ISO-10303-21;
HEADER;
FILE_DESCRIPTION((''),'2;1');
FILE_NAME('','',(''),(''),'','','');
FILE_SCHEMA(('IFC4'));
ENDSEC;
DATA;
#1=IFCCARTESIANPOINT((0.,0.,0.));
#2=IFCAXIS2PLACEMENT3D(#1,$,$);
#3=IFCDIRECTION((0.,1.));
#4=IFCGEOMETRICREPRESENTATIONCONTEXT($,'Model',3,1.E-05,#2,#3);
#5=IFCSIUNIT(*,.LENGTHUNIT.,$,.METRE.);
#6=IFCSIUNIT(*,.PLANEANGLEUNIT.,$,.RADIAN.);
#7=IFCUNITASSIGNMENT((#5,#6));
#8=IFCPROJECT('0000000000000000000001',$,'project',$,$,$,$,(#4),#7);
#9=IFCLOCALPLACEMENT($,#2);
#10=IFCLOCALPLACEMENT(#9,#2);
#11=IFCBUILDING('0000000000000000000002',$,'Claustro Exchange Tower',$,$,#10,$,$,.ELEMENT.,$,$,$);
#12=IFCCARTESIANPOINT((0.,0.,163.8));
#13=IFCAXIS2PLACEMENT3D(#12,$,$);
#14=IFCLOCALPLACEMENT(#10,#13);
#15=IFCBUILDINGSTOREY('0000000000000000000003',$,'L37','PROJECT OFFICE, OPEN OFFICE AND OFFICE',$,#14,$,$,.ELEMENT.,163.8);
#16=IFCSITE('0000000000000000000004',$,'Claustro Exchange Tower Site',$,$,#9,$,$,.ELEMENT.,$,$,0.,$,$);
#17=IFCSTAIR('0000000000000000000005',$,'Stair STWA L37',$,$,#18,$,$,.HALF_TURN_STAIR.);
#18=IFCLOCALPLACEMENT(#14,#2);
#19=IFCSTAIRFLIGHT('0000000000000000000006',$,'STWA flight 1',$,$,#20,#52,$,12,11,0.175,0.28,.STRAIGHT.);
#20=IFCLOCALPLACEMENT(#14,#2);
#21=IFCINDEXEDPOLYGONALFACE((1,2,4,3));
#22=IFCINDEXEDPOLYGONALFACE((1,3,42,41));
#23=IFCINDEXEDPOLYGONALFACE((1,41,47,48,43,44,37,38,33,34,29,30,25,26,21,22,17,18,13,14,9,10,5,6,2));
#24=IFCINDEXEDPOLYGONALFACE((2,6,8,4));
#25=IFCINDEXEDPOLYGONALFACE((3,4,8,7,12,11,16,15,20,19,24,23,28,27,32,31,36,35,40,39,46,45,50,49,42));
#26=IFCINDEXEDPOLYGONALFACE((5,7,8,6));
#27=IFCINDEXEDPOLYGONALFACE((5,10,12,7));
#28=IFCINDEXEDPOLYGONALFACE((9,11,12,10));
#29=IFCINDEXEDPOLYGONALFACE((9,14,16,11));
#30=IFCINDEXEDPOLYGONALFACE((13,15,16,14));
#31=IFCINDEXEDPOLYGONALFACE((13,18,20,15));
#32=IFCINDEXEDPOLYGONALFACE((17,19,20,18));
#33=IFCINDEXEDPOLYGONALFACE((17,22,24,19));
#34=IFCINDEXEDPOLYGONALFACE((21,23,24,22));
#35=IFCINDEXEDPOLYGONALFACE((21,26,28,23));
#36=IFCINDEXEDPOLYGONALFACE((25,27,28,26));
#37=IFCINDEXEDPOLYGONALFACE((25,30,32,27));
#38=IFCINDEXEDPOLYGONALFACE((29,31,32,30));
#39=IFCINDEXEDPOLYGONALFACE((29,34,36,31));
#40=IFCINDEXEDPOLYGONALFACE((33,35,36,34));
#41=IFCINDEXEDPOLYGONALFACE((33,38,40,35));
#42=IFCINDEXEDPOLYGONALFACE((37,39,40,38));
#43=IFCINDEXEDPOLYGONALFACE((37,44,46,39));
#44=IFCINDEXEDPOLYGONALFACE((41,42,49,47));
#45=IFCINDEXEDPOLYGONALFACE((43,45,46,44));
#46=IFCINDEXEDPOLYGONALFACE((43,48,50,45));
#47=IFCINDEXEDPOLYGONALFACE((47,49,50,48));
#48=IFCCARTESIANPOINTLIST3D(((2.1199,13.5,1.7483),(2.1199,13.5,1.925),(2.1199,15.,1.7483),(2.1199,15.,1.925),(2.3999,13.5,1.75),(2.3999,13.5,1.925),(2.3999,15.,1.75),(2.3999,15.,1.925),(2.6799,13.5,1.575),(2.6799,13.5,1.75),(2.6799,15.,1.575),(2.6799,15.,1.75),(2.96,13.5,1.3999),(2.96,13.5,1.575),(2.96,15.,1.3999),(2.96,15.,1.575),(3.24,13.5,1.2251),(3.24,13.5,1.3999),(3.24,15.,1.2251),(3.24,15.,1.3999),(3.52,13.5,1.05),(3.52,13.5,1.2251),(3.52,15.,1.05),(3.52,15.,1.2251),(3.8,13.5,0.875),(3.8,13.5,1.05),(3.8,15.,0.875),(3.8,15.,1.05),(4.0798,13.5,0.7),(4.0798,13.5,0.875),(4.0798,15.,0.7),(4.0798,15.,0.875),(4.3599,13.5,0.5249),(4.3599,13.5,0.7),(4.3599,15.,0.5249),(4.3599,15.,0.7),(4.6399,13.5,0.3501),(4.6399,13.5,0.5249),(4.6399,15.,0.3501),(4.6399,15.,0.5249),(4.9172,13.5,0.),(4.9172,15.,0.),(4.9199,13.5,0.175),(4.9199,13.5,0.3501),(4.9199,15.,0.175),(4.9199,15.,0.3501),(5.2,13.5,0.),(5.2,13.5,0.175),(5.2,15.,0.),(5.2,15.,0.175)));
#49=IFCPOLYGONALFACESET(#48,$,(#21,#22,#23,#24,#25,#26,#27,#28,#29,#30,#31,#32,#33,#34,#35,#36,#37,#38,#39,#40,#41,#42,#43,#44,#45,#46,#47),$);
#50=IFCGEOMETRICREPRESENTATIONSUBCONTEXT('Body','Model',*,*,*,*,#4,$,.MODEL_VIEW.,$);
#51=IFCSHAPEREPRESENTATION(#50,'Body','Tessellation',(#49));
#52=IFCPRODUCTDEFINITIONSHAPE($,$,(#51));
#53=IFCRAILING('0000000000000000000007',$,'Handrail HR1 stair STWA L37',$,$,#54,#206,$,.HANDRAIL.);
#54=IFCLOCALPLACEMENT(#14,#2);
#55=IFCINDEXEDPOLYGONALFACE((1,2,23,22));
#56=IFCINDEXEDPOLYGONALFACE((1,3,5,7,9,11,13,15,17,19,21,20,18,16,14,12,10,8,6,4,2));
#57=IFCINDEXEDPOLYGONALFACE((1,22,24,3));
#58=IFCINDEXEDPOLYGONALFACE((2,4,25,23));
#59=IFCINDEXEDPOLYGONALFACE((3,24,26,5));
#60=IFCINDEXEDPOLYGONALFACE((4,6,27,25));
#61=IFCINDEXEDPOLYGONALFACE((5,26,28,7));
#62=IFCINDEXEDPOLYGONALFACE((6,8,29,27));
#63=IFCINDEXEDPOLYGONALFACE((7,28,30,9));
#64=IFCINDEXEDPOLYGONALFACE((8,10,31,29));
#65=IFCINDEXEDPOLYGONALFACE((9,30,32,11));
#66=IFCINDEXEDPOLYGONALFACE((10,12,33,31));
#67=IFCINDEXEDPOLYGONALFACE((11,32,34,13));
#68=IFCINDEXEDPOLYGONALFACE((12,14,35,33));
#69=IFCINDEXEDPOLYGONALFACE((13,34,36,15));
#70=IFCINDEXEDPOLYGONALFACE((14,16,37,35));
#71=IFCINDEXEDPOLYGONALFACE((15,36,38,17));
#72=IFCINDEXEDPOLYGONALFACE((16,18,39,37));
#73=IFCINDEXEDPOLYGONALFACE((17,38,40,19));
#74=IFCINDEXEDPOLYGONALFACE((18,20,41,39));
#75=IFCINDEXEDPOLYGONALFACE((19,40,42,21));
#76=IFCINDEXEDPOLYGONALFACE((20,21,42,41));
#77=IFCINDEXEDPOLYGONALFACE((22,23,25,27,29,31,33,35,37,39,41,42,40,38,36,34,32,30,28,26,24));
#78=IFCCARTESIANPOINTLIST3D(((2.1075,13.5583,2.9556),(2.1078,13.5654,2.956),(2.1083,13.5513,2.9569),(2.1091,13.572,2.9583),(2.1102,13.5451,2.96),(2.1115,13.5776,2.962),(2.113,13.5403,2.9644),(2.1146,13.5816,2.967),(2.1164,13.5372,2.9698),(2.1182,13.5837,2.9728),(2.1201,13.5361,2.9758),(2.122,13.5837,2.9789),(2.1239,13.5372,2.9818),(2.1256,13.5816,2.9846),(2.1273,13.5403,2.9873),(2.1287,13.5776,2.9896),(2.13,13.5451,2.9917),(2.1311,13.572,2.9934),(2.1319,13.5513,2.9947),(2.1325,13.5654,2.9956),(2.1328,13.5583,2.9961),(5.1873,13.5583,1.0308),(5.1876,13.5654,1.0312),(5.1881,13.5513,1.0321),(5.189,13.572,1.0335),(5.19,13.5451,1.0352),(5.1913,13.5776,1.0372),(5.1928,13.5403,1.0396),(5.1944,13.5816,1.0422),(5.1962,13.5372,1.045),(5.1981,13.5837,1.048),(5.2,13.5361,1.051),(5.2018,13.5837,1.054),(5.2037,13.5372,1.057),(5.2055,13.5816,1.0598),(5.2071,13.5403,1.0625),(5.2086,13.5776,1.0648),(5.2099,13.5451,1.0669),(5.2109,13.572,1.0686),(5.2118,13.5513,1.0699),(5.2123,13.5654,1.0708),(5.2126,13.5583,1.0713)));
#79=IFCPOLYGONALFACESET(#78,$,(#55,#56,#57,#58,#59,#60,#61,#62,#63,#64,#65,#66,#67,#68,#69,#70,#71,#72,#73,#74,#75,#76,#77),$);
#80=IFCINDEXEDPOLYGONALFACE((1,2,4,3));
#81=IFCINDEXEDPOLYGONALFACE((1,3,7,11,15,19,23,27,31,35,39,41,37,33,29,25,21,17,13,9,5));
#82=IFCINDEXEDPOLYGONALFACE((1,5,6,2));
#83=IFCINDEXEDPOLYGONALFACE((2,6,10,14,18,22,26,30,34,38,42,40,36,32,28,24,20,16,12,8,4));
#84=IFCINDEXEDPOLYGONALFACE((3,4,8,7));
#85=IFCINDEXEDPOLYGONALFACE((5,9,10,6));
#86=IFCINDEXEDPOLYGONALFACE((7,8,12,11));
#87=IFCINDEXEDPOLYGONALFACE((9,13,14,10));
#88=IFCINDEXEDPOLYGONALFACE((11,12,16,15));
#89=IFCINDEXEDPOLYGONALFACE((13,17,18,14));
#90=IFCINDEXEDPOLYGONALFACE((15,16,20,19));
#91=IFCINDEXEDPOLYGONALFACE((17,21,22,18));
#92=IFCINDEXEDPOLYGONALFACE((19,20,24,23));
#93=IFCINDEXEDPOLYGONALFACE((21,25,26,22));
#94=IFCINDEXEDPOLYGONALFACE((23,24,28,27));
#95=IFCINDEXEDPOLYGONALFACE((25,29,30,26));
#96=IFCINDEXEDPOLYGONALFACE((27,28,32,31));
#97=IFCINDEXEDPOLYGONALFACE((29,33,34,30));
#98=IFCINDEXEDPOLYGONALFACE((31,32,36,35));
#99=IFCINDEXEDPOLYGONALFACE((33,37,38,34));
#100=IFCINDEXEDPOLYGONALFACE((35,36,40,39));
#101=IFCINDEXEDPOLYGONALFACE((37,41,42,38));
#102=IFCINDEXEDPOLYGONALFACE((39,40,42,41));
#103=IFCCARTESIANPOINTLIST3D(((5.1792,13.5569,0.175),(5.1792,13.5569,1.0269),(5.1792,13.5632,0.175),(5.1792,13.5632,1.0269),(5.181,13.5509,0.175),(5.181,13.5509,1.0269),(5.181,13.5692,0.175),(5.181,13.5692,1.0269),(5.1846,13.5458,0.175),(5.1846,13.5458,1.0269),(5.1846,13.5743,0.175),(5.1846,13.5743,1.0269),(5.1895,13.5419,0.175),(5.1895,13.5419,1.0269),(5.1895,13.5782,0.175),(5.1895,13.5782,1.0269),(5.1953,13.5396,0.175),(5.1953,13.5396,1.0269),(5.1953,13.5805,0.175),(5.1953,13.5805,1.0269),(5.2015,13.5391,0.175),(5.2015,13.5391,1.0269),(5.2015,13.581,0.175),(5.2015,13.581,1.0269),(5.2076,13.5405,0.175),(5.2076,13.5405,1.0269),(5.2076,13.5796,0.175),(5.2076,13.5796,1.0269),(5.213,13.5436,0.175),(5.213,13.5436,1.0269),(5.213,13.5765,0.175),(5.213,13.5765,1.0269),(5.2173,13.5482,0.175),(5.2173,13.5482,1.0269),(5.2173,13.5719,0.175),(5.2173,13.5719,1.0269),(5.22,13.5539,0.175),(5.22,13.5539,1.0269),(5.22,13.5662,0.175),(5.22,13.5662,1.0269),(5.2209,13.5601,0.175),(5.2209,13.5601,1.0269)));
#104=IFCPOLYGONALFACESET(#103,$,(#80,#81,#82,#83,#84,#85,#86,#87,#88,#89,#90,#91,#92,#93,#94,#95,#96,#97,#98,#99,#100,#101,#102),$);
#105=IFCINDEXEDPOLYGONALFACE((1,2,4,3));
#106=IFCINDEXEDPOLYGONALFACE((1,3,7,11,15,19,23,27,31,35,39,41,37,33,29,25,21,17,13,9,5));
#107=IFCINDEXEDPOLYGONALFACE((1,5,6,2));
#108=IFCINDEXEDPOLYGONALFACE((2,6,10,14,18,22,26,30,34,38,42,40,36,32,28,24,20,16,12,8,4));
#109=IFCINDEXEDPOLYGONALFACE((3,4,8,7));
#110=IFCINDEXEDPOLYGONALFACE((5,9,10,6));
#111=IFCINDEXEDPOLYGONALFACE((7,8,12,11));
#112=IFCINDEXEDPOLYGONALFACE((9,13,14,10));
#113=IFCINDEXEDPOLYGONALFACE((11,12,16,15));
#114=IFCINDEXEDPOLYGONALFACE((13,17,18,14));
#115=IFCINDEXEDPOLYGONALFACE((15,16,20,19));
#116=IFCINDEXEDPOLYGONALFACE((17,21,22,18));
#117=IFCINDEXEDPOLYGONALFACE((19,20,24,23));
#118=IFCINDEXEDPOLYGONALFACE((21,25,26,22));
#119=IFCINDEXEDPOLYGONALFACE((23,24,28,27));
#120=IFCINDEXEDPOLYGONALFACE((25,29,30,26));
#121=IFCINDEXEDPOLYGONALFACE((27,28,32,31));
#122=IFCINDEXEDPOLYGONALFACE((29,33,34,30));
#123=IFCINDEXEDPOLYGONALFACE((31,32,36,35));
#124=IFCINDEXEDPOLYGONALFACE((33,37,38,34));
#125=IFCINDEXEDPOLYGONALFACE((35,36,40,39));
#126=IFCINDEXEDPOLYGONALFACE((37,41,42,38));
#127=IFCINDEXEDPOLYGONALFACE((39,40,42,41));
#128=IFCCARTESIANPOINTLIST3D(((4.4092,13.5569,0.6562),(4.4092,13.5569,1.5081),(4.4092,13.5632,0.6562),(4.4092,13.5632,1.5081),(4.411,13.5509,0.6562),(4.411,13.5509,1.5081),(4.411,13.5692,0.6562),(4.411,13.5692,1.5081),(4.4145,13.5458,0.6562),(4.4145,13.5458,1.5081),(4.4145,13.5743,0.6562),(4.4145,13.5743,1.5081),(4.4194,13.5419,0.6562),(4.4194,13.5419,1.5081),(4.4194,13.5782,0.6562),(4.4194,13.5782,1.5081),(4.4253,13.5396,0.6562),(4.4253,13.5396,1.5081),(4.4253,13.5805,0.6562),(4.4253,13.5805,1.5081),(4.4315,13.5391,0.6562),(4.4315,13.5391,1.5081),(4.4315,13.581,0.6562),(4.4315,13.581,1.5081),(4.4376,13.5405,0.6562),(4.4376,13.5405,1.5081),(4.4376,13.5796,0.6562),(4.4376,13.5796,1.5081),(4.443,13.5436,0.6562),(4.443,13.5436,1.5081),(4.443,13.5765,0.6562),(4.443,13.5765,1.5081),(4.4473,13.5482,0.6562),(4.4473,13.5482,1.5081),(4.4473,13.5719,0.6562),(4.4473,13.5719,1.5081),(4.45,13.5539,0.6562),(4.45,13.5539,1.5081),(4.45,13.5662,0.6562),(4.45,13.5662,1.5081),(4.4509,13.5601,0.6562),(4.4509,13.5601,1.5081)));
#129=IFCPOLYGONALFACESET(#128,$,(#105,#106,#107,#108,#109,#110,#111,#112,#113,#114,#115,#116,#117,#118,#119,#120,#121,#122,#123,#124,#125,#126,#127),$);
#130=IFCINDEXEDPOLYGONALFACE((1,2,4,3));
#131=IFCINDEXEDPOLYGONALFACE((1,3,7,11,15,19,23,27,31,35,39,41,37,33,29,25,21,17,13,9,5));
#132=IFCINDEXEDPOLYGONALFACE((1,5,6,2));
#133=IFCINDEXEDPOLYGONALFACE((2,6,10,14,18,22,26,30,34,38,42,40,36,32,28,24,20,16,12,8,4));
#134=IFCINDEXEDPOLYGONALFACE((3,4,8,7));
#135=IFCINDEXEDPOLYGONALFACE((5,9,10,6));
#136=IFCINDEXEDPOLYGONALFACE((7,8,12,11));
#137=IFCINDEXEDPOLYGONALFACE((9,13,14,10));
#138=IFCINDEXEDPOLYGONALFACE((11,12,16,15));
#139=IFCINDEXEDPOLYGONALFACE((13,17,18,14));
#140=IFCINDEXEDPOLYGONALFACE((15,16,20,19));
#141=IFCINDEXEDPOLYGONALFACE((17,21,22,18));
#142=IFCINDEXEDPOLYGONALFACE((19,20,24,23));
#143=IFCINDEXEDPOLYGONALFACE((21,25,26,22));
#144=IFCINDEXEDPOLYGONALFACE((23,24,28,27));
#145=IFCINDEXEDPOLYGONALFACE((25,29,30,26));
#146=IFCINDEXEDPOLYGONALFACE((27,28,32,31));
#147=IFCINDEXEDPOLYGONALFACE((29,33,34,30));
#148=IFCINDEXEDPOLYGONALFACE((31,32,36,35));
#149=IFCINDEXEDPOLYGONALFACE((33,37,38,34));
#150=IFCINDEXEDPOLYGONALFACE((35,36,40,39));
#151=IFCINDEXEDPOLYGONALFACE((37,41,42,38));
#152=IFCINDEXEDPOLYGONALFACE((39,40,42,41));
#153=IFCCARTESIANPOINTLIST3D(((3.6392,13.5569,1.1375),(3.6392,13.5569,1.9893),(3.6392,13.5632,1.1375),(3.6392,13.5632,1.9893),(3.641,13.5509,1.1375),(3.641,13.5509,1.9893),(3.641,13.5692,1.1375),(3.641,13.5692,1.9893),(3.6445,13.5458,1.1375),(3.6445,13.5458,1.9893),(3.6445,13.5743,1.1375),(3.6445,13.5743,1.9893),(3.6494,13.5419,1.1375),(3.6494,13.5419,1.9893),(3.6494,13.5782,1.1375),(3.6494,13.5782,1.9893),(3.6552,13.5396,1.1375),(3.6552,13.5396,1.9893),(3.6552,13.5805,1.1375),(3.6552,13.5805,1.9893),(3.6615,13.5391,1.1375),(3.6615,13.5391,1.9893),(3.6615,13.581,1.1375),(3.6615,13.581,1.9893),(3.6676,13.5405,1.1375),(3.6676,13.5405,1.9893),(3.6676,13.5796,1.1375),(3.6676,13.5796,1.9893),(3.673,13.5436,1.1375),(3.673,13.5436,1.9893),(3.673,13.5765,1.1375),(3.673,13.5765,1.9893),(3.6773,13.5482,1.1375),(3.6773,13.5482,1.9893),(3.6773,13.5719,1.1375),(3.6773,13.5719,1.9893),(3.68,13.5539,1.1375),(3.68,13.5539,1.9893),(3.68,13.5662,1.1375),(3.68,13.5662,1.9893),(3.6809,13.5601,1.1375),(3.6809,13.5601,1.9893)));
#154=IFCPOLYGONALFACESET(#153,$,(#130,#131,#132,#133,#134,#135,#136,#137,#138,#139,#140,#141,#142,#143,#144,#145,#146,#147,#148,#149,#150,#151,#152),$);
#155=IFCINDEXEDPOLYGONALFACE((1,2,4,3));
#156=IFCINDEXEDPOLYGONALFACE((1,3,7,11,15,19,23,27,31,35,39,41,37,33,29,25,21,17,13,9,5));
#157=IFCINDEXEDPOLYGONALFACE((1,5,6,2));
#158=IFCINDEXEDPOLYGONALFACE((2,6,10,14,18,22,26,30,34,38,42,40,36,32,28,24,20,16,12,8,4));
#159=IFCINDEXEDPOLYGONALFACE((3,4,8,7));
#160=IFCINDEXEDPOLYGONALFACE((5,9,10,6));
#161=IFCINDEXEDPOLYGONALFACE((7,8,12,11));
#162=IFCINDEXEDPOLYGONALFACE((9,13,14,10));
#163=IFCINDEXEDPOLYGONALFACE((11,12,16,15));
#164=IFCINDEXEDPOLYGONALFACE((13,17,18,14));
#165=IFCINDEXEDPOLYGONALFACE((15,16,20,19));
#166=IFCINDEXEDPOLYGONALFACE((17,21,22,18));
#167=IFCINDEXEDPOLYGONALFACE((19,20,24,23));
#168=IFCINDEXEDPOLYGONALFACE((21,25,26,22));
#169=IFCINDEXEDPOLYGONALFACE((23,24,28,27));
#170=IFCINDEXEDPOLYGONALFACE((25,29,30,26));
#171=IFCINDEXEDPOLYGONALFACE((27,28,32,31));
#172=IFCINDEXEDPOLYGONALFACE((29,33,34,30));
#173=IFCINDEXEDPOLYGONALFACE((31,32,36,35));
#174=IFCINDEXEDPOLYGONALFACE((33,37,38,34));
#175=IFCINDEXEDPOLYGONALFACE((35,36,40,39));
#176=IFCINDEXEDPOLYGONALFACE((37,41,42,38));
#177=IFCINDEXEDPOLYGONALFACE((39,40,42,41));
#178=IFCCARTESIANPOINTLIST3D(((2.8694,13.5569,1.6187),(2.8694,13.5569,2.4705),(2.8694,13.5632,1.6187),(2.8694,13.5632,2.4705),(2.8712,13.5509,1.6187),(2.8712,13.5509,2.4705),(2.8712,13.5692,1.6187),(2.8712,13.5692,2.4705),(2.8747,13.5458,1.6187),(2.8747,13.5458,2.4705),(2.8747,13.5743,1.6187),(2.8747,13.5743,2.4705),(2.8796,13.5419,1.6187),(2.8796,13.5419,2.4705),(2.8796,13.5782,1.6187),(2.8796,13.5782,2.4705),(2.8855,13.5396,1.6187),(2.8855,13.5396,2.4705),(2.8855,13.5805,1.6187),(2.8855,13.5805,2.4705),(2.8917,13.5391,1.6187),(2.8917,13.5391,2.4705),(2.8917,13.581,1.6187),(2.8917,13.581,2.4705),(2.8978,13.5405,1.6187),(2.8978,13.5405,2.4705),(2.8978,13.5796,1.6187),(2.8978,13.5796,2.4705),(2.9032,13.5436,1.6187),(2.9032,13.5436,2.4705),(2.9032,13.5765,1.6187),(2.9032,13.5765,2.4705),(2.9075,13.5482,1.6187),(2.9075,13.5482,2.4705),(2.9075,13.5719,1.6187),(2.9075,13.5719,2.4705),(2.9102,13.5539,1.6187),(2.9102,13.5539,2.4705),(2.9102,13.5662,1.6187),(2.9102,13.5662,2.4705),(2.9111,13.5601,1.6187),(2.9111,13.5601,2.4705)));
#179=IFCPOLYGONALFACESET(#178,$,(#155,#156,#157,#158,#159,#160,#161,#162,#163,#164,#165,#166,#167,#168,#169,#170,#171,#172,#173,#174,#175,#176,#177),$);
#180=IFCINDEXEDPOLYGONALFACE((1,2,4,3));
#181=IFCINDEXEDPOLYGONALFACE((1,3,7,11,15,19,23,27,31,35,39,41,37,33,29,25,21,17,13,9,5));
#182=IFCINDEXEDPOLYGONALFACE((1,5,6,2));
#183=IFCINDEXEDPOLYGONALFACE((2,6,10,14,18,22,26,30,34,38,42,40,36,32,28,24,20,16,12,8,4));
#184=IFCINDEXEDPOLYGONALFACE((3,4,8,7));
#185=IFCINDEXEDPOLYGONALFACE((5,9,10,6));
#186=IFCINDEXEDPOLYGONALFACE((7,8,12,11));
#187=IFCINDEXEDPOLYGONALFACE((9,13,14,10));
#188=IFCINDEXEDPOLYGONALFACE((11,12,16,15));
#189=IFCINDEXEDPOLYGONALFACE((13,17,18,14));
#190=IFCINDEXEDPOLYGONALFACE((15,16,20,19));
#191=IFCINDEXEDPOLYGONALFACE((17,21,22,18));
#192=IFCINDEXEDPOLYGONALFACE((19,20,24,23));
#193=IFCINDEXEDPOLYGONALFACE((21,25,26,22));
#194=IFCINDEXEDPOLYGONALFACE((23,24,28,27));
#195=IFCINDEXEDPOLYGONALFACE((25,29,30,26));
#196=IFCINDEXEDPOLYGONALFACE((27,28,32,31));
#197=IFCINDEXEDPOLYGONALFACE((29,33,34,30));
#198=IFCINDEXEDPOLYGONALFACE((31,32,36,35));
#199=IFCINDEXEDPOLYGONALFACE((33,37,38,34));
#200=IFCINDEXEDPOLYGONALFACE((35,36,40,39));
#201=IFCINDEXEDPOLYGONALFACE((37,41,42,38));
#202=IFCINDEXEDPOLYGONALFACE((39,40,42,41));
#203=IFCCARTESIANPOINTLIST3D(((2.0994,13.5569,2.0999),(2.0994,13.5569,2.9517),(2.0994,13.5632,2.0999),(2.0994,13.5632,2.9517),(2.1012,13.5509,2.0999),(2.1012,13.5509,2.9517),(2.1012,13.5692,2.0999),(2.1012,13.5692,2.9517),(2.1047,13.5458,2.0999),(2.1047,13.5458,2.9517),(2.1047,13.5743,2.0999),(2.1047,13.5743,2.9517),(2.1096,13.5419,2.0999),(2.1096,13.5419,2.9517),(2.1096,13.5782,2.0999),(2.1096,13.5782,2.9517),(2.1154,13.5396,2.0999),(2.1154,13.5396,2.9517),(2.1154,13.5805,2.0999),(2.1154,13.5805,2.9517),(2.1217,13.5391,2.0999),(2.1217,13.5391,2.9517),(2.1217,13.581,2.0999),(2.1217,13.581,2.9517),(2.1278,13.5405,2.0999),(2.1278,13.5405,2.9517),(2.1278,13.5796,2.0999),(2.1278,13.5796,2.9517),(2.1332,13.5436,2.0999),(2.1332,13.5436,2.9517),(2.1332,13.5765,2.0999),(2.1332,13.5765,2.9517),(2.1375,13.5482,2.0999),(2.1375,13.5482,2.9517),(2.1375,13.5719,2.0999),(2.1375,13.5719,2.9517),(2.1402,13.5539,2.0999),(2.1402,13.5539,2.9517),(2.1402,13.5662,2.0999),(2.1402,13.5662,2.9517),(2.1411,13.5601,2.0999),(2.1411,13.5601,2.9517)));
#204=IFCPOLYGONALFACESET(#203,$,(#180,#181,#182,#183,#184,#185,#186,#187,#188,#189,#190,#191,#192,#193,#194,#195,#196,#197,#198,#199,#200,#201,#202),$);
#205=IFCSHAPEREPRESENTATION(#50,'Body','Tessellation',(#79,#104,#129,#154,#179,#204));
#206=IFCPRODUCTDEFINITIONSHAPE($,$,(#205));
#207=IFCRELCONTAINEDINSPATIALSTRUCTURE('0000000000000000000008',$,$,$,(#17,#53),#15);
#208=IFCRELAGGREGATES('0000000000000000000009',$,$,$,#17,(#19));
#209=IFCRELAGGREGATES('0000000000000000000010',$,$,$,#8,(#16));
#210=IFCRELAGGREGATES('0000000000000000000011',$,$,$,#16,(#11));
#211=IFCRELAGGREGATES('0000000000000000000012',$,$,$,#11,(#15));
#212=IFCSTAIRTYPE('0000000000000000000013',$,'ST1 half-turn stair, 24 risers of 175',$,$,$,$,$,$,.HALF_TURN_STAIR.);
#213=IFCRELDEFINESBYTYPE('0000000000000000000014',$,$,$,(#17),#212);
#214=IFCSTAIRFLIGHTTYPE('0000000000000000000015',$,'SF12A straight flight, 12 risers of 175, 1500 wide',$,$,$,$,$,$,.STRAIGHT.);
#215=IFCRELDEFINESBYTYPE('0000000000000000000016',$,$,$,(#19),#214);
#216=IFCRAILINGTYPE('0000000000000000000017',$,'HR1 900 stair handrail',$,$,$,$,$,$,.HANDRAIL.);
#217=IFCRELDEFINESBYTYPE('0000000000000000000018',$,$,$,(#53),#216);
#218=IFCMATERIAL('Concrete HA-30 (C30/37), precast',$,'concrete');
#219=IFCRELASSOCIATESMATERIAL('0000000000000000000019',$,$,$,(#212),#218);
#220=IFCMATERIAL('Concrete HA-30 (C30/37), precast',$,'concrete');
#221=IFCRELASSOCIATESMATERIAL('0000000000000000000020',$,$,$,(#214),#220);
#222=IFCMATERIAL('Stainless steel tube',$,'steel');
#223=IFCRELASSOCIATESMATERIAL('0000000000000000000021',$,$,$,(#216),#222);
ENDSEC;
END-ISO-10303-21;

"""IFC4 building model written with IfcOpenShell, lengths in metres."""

from ifc_helpers import new_model, si_unit, direction, frame, origin, origin_2d, place, context, subcontext, project, spatial, polyline, circle, outline, extrude, material, type_object, element, aggregate, save


model = new_model("IFC4")

# Units and contexts
model_context = context("Model", 3, precision=1e-05, world=origin(), true_north=direction((0.0, 1.0)))
body_context = subcontext(model_context, "Body", "Model", "MODEL_VIEW")
ifc_project = project(units=[si_unit("LENGTHUNIT", "METRE"), si_unit("PLANEANGLEUNIT", "RADIAN")], contexts=[model_context])

# Site, building, storey
site_placement = place(None, origin())
site = spatial("IfcSite", under=ifc_project, at=site_placement, Name="Claustro Exchange Tower Site", CompositionType="ELEMENT", RefElevation=0.0)
building_placement = place(site_placement, origin())
building = spatial("IfcBuilding", under=site, at=building_placement, Name="Claustro Exchange Tower", CompositionType="ELEMENT")
storey_placement = place(building_placement, frame((0.0, 0.0, 163.8)))
storey = spatial("IfcBuildingStorey", under=building, at=storey_placement, Name="L37", Description="PROJECT OFFICE, OPEN OFFICE AND OFFICE", CompositionType="ELEMENT", Elevation=163.8)

# Stair, stair flight
ifc_material_1 = material(Name="Concrete HA-30 (C30/37), precast", Category="concrete")
stair_type = type_object("IfcStairType", Name="ST1 half-turn stair, 24 risers of 175", PredefinedType="HALF_TURN_STAIR", material=ifc_material_1)
stair_placement = place(storey_placement, origin())
stair = element("IfcStair", 1, at=stair_placement, inside=storey, type_object=stair_type, Name="Stair STWA L37", PredefinedType="HALF_TURN_STAIR")
ifc_material_2 = material(Name="Concrete HA-30 (C30/37), precast", Category="concrete")
stair_flight_type = type_object("IfcStairFlightType", Name="SF12A straight flight, 12 risers of 175, 1500 wide", PredefinedType="STRAIGHT", material=ifc_material_2)
stair_flight_placement = place(storey_placement, frame((5.2, 14.25, 0.0), z_axis=(0.0, 0.0, 1.0), x_axis=(-1.0, 0.0, 0.0)))
stair_flight = element("IfcStairFlight", 2, at=stair_flight_placement, type_object=stair_flight_type, Name="STWA flight 1", NumberOfRisers=12, NumberOfTreads=11, PredefinedType="STRAIGHT", RiserHeight=0.175, TreadLength=0.28, context=body_context, shape_type="SweptSolid", body=[
    extrude(outline(polyline([(0.0, 0.0), (0.0, 0.175), (0.28, 0.175), (0.28, 0.3501), (0.5601, 0.3501), (0.5601, 0.5249), (0.8401, 0.5249), (0.8401, 0.7), (1.1201, 0.7), (1.1201, 0.875), (1.3999, 0.875), (1.3999, 1.05), (1.6799, 1.05), (1.6799, 1.2251), (1.96, 1.2251), (1.96, 1.3999), (2.24, 1.3999), (2.24, 1.575), (2.52, 1.575), (2.52, 1.75), (2.8, 1.75), (2.8, 1.925), (3.0801, 1.925), (3.0801, 2.1001), (3.0801, 1.7483), (0.2827, 0.0), (0.0, 0.0)])), frame((0.0, 0.75, 0.0), z_axis=(0.0, -1.0, 0.0), x_axis=(1.0, 0.0, 0.0)), (0.0, 0.0, 1.0), 1.5),
])
aggregate(stair, [stair_flight])

# Railing
ifc_material_3 = material(Name="Stainless steel tube", Category="steel")
railing_type_1 = type_object("IfcRailingType", Name="HR1 900 stair handrail", PredefinedType="HANDRAIL", material=ifc_material_3)
railing_1_placement = place(storey_placement, frame((5.2, 13.5601, 0.175)))
element("IfcRailing", 3, at=railing_1_placement, inside=storey, type_object=railing_type_1, Name="Handrail HR1 stair STWA L37", PredefinedType="HANDRAIL", context=body_context, shape_type="SweptSolid", body=[
    extrude(circle(Radius=0.0239, at=origin_2d()), frame((0.0, 0.0, 0.876), z_axis=(-0.84801, 0.0, 0.529981), x_axis=(0.0, -1.0, 0.0)), (0.0, 0.0, 1.0), 3.6318),
    extrude(circle(Radius=0.021, at=origin_2d()), origin(), (0.0, 0.0, 1.0), 0.8518),
    extrude(circle(Radius=0.021, at=origin_2d()), frame((-0.77, 0.0, 0.4812)), (0.0, 0.0, 1.0), 0.8518),
    extrude(circle(Radius=0.021, at=origin_2d()), frame((-1.54, 0.0, 0.9624)), (0.0, 0.0, 1.0), 0.8518),
    extrude(circle(Radius=0.021, at=origin_2d()), frame((-2.3098, 0.0, 1.4436)), (0.0, 0.0, 1.0), 0.8518),
    extrude(circle(Radius=0.021, at=origin_2d()), frame((-3.0798, 0.0, 1.9248)), (0.0, 0.0, 1.0), 0.8518),
])

save(model, "model.ifc")
